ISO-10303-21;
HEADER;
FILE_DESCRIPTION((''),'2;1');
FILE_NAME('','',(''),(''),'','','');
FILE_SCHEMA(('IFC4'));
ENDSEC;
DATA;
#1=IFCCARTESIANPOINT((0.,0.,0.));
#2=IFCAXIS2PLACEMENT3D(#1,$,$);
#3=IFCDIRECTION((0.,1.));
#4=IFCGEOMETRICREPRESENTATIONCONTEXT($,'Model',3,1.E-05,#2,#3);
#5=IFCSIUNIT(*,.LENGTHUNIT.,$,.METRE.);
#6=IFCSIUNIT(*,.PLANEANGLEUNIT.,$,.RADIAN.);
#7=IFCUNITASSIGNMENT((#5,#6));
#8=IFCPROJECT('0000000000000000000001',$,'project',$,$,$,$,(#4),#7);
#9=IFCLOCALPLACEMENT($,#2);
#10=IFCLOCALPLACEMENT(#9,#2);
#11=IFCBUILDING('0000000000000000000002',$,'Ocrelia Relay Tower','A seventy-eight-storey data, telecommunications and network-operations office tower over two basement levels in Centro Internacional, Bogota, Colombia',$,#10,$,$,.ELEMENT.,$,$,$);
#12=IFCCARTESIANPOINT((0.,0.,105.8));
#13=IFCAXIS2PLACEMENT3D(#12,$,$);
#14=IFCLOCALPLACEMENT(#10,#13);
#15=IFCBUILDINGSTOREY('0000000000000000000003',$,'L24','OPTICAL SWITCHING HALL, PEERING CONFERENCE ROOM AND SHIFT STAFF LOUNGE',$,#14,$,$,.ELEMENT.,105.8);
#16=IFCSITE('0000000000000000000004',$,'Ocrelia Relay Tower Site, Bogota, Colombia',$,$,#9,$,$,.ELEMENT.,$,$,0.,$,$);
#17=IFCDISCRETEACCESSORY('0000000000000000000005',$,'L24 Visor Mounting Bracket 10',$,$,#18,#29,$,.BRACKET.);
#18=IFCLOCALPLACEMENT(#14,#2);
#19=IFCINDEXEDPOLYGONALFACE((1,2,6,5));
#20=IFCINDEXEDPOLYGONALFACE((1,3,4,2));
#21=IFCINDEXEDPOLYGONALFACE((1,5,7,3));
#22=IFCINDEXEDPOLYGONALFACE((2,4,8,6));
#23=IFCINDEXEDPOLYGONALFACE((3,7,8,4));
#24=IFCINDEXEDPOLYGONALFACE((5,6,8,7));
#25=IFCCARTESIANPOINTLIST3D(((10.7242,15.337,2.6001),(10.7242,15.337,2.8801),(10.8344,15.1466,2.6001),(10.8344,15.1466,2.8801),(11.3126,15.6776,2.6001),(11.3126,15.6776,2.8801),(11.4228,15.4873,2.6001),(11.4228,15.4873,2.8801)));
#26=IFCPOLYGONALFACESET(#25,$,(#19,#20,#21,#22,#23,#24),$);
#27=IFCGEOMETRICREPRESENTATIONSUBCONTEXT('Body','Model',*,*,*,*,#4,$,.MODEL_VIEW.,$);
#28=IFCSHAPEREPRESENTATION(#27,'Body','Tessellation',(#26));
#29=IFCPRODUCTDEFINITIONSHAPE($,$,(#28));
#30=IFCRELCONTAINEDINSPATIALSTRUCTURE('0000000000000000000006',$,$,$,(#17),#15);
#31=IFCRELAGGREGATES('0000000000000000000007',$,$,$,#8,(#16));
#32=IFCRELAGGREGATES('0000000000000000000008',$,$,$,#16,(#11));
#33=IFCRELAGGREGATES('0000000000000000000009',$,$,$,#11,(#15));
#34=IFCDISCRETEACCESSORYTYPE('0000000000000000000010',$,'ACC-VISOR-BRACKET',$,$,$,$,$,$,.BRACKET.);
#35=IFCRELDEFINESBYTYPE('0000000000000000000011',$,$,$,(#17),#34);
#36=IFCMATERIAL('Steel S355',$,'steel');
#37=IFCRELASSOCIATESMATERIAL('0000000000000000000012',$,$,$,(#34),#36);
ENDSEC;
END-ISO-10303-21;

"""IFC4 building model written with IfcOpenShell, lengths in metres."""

from ifc_helpers import new_model, si_unit, direction, frame, origin, origin_2d, place, context, subcontext, project, spatial, rectangle, extrude, material, type_object, element, save


model = new_model("IFC4")

# Units and contexts
model_context = context("Model", 3, precision=1e-05, world=origin(), true_north=direction((0.0, 1.0)))
body_context = subcontext(model_context, "Body", "Model", "MODEL_VIEW")
ifc_project = project(units=[si_unit("LENGTHUNIT", "METRE"), si_unit("PLANEANGLEUNIT", "RADIAN")], contexts=[model_context])

# Site, building, storey
site_placement = place(None, origin())
site = spatial("IfcSite", under=ifc_project, at=site_placement, Name="Ocrelia Relay Tower Site, Bogota, Colombia", CompositionType="ELEMENT", RefElevation=0.0)
building_placement = place(site_placement, origin())
building = spatial("IfcBuilding", under=site, at=building_placement, Name="Ocrelia Relay Tower", Description="A seventy-eight-storey data, telecommunications and network-operations office tower over two basement levels in Centro Internacional, Bogota, Colombia", CompositionType="ELEMENT")
storey_placement = place(building_placement, frame((0.0, 0.0, 105.8)))
storey = spatial("IfcBuildingStorey", under=building, at=storey_placement, Name="L24", Description="OPTICAL SWITCHING HALL, PEERING CONFERENCE ROOM AND SHIFT STAFF LOUNGE", CompositionType="ELEMENT", Elevation=105.8)

# Discrete accessory
ifc_material_1 = material(Name="Steel S355", Category="steel")
discrete_accessory_type = type_object("IfcDiscreteAccessoryType", Name="ACC-VISOR-BRACKET", PredefinedType="BRACKET", material=ifc_material_1)
for number, where, z_axis, x_axis, name in (
    (1, (11.0735, 15.4121, 2.6001), (0.0, 0.0, 1.0), (0.501042, -0.865423, 0.0), "L24 Visor Mounting Bracket 10"),
):
    element("IfcDiscreteAccessory", number, at=place(storey_placement, frame(where, z_axis=z_axis, x_axis=x_axis)), inside=storey, type_object=discrete_accessory_type, Name=name, PredefinedType="BRACKET", context=body_context, shape_type="SweptSolid", body=[
        extrude(rectangle(XDim=0.22, YDim=0.6799, at=origin_2d()), origin(), (0.0, 0.0, 1.0), 0.28),
    ])

save(model, "model.ifc")
